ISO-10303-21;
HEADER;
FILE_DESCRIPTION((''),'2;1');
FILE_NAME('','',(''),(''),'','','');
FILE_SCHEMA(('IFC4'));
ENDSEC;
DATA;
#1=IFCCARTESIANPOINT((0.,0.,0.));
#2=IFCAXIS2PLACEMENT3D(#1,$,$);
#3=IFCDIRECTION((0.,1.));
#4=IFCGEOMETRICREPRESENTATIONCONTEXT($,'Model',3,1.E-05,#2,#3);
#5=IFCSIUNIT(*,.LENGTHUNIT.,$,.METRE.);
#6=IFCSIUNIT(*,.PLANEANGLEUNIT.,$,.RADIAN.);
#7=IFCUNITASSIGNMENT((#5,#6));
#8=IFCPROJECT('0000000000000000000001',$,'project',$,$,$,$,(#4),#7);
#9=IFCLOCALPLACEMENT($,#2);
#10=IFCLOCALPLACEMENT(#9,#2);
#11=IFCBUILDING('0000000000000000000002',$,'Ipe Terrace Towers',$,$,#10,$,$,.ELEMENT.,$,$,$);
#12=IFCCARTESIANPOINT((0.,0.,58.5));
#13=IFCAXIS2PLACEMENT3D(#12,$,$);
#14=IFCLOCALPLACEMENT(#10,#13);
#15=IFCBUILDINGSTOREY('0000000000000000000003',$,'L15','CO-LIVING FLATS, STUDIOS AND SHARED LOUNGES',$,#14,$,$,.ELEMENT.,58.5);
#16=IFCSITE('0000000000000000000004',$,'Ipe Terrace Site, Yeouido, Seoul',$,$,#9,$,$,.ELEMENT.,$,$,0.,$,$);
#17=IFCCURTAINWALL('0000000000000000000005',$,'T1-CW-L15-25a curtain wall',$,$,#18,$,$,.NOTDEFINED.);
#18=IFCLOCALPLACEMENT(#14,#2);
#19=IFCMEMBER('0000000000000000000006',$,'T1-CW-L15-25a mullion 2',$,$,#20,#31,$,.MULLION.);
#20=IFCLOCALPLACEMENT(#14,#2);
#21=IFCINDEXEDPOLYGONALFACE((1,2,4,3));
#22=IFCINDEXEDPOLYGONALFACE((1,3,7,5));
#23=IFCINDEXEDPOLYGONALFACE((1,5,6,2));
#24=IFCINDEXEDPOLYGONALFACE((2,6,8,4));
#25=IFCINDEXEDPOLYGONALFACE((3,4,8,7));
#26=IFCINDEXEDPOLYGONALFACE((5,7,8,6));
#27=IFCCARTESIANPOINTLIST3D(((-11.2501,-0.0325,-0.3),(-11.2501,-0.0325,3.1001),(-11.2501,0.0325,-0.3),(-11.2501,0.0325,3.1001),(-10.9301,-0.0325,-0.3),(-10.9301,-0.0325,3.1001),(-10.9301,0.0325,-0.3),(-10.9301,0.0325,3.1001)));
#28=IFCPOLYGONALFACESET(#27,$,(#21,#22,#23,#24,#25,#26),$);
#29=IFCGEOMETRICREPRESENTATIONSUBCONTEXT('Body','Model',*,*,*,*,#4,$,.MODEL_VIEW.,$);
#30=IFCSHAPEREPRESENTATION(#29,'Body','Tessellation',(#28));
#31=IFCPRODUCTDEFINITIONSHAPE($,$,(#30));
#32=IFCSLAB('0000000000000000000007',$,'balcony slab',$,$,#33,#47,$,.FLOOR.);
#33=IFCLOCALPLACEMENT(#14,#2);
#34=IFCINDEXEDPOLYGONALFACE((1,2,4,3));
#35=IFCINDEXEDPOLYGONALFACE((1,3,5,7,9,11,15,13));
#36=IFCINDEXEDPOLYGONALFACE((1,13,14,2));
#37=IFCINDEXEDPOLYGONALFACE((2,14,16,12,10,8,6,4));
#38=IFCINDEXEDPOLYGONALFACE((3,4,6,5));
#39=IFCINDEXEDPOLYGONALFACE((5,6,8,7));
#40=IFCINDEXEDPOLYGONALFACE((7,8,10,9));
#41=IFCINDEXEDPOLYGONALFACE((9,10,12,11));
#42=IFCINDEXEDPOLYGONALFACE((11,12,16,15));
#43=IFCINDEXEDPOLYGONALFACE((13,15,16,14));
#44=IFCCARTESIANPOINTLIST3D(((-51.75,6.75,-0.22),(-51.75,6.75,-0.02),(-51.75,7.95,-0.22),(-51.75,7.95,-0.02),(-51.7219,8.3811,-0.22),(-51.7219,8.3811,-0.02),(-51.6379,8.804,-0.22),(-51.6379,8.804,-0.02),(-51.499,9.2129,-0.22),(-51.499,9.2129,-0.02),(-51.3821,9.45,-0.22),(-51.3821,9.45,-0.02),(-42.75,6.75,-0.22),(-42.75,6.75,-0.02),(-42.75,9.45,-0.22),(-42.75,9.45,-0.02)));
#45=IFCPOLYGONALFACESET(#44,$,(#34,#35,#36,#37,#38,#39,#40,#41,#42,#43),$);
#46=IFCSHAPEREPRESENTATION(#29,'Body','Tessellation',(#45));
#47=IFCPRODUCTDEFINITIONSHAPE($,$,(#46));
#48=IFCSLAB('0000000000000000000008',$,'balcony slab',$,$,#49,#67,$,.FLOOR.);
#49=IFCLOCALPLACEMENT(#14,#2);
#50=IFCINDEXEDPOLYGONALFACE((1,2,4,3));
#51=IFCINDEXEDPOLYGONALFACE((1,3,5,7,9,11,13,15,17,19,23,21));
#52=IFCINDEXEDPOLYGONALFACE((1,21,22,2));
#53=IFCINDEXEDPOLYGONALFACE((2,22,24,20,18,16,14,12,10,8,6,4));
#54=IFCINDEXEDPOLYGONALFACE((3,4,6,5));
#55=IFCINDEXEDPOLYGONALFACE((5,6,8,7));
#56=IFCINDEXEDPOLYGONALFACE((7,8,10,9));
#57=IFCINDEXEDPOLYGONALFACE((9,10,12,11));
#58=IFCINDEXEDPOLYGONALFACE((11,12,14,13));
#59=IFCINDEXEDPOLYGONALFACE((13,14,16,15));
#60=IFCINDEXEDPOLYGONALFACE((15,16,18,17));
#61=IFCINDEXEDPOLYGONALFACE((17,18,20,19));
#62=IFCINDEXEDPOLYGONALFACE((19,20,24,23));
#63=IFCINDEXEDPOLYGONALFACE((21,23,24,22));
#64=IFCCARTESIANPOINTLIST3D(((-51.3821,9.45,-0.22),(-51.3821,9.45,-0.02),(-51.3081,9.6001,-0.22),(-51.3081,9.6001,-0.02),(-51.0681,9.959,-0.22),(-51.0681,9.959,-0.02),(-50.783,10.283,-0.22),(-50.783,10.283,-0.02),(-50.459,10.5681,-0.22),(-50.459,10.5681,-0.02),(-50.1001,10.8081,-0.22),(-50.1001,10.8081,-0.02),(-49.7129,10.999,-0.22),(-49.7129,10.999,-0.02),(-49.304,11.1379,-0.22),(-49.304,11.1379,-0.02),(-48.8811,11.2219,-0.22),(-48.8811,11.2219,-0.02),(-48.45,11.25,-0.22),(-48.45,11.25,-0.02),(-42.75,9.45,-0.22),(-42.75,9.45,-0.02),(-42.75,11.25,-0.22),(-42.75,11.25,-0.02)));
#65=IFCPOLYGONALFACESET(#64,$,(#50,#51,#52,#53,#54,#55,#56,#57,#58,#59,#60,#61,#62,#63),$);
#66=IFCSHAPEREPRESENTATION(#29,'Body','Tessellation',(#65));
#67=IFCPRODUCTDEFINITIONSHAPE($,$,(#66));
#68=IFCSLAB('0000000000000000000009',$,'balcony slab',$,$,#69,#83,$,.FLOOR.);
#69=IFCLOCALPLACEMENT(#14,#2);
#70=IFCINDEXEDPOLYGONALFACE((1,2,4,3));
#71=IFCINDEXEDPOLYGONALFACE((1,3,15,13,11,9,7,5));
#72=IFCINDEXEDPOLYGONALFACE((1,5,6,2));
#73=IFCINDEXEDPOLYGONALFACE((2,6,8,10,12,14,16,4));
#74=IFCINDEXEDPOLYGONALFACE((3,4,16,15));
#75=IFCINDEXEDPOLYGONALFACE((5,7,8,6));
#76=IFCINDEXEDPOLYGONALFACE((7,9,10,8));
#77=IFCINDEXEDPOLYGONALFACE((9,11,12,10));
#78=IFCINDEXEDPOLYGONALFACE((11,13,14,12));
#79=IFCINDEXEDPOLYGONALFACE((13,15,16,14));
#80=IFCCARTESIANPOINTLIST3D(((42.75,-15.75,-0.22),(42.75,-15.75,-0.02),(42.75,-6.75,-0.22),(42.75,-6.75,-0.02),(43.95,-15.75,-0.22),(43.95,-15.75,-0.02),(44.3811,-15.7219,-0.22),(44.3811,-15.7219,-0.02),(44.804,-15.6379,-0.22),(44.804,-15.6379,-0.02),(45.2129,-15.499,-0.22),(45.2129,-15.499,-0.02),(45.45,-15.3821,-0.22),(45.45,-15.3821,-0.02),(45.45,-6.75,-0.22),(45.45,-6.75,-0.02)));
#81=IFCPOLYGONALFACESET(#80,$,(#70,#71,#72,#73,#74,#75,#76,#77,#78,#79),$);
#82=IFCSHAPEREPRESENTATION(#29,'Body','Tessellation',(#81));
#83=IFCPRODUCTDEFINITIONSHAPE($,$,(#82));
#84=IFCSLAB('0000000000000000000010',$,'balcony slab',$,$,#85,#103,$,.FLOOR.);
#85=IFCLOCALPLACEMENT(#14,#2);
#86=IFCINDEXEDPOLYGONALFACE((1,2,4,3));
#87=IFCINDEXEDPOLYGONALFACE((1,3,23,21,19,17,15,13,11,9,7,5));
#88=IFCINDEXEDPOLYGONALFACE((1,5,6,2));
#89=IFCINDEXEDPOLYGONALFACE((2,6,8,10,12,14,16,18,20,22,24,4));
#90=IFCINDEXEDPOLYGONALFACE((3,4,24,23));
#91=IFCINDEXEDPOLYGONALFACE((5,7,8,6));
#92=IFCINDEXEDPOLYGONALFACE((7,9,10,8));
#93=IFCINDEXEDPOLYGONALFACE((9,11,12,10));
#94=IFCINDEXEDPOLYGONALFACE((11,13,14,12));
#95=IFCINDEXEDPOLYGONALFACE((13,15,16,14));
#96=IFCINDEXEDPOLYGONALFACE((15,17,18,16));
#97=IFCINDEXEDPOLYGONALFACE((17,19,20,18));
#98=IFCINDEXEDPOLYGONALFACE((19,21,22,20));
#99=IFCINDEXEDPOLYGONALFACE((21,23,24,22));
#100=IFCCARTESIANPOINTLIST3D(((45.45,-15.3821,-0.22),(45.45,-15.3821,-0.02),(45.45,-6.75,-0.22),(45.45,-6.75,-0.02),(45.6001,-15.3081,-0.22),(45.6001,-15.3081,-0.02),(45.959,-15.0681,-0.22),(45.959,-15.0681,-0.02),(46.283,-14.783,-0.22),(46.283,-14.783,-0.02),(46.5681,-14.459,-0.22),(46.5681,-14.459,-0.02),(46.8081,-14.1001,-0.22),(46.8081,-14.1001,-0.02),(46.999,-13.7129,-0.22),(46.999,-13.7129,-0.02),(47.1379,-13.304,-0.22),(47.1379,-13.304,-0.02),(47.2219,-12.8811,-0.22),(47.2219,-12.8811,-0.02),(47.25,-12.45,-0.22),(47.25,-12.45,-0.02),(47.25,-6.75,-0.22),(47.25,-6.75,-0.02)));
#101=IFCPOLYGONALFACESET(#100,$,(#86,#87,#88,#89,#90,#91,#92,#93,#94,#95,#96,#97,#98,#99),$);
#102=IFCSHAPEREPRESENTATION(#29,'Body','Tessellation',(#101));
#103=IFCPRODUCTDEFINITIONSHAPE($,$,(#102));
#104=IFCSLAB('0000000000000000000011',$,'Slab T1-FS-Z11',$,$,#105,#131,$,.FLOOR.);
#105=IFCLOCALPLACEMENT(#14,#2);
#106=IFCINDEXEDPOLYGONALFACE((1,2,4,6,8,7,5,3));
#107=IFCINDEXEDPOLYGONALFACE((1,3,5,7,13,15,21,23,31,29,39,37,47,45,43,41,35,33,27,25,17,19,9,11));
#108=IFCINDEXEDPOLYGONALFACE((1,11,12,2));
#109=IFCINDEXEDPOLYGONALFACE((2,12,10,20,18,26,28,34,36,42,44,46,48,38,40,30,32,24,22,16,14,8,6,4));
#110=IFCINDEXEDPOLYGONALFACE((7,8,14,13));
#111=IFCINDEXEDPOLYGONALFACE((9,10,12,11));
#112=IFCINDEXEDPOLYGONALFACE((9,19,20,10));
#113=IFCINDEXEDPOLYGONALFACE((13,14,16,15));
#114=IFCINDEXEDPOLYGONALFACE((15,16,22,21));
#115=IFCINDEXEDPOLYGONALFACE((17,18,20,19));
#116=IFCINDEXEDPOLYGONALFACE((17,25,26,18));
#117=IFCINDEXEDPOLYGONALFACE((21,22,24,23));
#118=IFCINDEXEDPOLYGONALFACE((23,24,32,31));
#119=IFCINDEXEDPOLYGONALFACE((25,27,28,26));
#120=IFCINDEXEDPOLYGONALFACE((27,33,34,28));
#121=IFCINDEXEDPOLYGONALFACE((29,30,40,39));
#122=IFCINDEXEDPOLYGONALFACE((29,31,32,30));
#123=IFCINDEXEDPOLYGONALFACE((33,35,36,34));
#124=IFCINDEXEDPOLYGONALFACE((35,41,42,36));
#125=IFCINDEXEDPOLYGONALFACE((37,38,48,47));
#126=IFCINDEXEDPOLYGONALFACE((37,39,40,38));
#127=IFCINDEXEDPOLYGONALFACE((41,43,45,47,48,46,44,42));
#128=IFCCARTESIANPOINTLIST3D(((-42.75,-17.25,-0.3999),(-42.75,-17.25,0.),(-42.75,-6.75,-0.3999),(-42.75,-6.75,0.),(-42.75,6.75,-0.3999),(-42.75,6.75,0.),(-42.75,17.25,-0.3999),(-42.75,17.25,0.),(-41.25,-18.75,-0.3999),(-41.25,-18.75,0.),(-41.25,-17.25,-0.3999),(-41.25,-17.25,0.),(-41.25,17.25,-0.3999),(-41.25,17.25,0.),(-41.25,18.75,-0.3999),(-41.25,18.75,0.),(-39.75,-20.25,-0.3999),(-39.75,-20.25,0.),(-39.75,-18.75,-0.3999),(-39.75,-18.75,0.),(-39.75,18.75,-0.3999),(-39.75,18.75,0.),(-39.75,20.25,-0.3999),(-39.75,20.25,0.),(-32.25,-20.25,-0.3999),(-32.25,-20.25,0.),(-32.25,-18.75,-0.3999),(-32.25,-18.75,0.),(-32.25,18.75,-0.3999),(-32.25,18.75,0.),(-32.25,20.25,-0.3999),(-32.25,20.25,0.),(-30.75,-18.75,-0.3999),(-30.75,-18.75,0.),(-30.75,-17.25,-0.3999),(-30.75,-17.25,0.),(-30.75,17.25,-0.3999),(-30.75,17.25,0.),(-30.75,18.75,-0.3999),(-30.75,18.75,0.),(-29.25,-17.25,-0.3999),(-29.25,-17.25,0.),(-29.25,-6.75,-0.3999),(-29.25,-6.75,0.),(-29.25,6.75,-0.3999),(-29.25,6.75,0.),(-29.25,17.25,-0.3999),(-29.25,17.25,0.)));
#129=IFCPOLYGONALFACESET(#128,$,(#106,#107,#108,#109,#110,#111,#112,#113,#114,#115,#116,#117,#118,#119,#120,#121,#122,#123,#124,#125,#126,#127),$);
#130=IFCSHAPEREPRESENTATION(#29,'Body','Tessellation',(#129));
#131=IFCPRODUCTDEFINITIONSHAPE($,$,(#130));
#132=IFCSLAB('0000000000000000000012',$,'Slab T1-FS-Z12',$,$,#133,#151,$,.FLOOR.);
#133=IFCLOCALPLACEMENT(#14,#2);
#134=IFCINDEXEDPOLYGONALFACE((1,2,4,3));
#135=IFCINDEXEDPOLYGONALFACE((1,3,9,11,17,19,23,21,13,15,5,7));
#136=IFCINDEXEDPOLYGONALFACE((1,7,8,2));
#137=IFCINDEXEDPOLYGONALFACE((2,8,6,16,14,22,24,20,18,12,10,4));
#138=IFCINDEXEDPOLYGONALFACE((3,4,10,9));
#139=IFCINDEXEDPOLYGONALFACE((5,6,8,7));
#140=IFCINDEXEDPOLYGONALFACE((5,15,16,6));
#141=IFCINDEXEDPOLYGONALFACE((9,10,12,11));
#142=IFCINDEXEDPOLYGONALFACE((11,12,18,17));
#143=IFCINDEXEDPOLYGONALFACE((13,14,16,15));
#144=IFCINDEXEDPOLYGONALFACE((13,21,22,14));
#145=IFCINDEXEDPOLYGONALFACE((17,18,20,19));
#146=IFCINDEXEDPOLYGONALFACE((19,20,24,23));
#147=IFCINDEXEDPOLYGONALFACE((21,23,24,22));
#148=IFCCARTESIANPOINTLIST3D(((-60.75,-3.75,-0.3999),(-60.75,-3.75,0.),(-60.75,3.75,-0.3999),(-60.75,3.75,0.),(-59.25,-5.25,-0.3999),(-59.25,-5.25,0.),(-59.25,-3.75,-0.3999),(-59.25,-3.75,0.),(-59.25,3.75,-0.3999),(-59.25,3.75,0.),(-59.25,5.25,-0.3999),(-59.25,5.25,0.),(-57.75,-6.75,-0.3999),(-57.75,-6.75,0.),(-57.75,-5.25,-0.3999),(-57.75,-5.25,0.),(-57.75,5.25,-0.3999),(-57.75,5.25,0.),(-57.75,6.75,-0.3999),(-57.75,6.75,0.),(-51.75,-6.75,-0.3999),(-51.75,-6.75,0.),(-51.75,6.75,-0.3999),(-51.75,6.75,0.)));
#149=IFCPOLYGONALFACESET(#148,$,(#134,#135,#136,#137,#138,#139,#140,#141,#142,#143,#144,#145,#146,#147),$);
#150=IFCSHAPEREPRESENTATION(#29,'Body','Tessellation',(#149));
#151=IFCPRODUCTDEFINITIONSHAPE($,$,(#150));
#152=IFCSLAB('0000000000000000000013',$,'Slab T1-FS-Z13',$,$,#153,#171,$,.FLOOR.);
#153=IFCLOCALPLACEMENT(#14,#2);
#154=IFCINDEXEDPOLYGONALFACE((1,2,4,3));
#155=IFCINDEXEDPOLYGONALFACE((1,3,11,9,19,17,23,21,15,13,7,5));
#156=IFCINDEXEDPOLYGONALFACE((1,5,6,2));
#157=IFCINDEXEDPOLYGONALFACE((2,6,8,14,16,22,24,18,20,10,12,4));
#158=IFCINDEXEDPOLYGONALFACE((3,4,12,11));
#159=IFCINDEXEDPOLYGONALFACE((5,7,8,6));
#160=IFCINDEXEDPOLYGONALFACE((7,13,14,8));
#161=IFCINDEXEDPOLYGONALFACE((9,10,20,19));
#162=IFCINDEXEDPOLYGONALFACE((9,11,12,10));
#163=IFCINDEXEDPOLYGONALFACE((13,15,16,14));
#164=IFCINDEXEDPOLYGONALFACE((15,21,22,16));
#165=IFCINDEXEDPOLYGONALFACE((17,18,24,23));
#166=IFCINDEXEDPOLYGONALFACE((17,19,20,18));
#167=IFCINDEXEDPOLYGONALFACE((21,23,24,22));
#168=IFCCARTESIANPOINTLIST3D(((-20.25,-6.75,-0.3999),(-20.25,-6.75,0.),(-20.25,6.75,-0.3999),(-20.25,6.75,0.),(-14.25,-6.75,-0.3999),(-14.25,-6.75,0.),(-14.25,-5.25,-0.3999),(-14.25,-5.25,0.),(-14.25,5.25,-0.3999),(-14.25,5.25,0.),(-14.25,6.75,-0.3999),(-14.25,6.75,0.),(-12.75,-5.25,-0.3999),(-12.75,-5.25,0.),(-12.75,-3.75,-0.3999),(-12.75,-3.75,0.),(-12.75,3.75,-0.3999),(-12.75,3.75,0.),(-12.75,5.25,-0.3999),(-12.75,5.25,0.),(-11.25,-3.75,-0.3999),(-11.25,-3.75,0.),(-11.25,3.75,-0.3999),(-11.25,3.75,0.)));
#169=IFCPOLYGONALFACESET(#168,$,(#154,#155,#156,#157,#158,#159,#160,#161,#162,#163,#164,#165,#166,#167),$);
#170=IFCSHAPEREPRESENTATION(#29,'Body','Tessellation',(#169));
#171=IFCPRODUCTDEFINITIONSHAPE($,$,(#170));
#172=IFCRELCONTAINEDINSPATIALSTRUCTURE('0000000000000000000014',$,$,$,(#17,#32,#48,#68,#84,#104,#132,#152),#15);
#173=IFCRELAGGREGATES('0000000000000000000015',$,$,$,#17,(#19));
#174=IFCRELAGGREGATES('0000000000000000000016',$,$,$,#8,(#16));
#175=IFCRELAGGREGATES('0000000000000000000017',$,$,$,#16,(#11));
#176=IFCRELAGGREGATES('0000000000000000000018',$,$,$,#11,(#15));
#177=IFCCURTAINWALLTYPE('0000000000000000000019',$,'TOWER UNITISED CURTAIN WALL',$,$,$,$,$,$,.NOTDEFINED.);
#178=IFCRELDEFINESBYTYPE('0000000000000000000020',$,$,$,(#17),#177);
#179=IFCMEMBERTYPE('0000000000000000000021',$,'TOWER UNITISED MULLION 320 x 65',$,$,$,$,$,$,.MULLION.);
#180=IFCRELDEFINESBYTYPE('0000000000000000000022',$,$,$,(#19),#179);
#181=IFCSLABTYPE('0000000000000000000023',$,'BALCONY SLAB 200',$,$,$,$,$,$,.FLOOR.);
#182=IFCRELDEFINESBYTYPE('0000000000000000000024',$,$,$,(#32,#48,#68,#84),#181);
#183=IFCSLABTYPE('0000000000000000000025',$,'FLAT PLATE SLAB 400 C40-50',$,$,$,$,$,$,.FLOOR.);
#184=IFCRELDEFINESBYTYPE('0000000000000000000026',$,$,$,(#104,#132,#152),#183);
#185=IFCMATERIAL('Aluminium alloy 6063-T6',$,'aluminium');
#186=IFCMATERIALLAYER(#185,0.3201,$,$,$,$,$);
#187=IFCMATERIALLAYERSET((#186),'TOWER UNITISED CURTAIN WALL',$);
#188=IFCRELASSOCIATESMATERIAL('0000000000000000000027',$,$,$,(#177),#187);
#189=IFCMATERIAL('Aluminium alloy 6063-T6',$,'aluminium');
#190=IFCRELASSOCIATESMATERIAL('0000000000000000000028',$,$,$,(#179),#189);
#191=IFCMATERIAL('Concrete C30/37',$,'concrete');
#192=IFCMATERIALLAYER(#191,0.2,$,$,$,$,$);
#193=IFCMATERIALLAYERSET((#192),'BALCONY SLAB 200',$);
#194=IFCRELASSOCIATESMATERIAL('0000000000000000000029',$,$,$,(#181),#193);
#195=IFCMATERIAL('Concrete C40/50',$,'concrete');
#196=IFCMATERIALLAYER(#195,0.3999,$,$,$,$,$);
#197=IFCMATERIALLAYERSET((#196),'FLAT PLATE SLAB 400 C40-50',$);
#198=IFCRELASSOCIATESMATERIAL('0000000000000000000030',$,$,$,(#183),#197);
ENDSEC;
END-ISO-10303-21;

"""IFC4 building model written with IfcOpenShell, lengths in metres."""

from ifc_helpers import new_model, si_unit, direction, frame, origin, origin_2d, place, context, subcontext, project, spatial, polyline, rectangle, outline, extrude, material, layer, layer_set, material_profile, profile_set, type_object, element, aggregate, save


model = new_model("IFC4")

# Units and contexts
model_context = context("Model", 3, precision=1e-05, world=origin(), true_north=direction((0.0, 1.0)))
body_context = subcontext(model_context, "Body", "Model", "MODEL_VIEW")
ifc_project = project(units=[si_unit("LENGTHUNIT", "METRE"), si_unit("PLANEANGLEUNIT", "RADIAN")], contexts=[model_context])

# Site, building, storey
site_placement = place(None, origin())
site = spatial("IfcSite", under=ifc_project, at=site_placement, Name="Ipe Terrace Site, Yeouido, Seoul", CompositionType="ELEMENT", RefElevation=0.0)
building_placement = place(site_placement, origin())
building = spatial("IfcBuilding", under=site, at=building_placement, Name="Ipe Terrace Towers", CompositionType="ELEMENT")
storey_placement = place(building_placement, frame((0.0, 0.0, 58.5)))
storey = spatial("IfcBuildingStorey", under=building, at=storey_placement, Name="L15", Description="CO-LIVING FLATS, STUDIOS AND SHARED LOUNGES", CompositionType="ELEMENT", Elevation=58.5)

# Curtain wall, member
ifc_material_1 = material(Name="Aluminium alloy 6063-T6", Category="aluminium")
ifc_layer_1 = layer(ifc_material_1, 0.3201)
ifc_layer_set_1 = layer_set([ifc_layer_1], Name="TOWER UNITISED CURTAIN WALL")
curtain_wall_type = type_object("IfcCurtainWallType", Name="TOWER UNITISED CURTAIN WALL", PredefinedType="NOTDEFINED", material=ifc_layer_set_1)
curtain_wall_placement = place(storey_placement, origin())
curtain_wall = element("IfcCurtainWall", 1, at=curtain_wall_placement, inside=storey, type_object=curtain_wall_type, Name="T1-CW-L15-25a curtain wall", PredefinedType="NOTDEFINED")
ifc_material_2 = material(Name="Aluminium alloy 6063-T6", Category="aluminium")
ifc_material_profile_1 = material_profile(ifc_material_2, rectangle(XDim=0.3201, YDim=0.0649, at=origin_2d()), Name="TOWER UNITISED MULLION 320 x 65")
ifc_profile_set_1 = profile_set([ifc_material_profile_1], Name="Aluminium alloy 6063-T6")
member_type = type_object("IfcMemberType", Name="TOWER UNITISED MULLION 320 x 65", PredefinedType="MULLION", material=ifc_profile_set_1)
member_placement = place(storey_placement, frame((-11.0901, 0.0, -0.3), z_axis=(0.0, 0.0, 1.0), x_axis=(1.0, 0.0, 0.0)))
member = element("IfcMember", 2, at=member_placement, type_object=member_type, Name="T1-CW-L15-25a mullion 2", PredefinedType="MULLION", context=body_context, shape_type="SweptSolid", body=[
    extrude(rectangle(XDim=0.3201, YDim=0.0649, at=origin_2d()), origin(), (0.0, 0.0, 1.0), 3.4001),
])

# Slabs
ifc_material_3 = material(Name="Concrete C30/37", Category="concrete")
ifc_layer_2 = layer(ifc_material_3, 0.2)
ifc_layer_set_2 = layer_set([ifc_layer_2], Name="BALCONY SLAB 200")
slab_type_1 = type_object("IfcSlabType", Name="BALCONY SLAB 200", PredefinedType="FLOOR", material=ifc_layer_set_2)
slab_1_placement = place(storey_placement, frame((0.0, 0.0, -0.22)))
element("IfcSlab", 3, at=slab_1_placement, inside=storey, type_object=slab_type_1, Name="balcony slab", PredefinedType="FLOOR", context=body_context, shape_type="SweptSolid", body=[
    extrude(outline(polyline([(-51.499, 9.2129), (-51.6379, 8.804), (-51.7219, 8.3811), (-51.75, 7.95), (-51.75, 6.75), (-42.75, 6.75), (-42.75, 9.45), (-51.3821, 9.45), (-51.499, 9.2129)])), origin(), (0.0, 0.0, 1.0), 0.2),
])
slab_2_placement = place(storey_placement, frame((0.0, 0.0, -0.22)))
element("IfcSlab", 4, at=slab_2_placement, inside=storey, type_object=slab_type_1, Name="balcony slab", PredefinedType="FLOOR", context=body_context, shape_type="SweptSolid", body=[
    extrude(outline(polyline([(-42.75, 11.25), (-48.45, 11.25), (-48.8811, 11.2219), (-49.304, 11.1379), (-49.7129, 10.999), (-50.1001, 10.8081), (-50.459, 10.5681), (-50.783, 10.283), (-51.0681, 9.959), (-51.3081, 9.6001), (-51.3821, 9.45), (-42.75, 9.45), (-42.75, 11.25)])), origin(), (0.0, 0.0, 1.0), 0.2),
])
slab_3_placement = place(storey_placement, frame((0.0, 0.0, -0.22)))
element("IfcSlab", 5, at=slab_3_placement, inside=storey, type_object=slab_type_1, Name="balcony slab", PredefinedType="FLOOR", context=body_context, shape_type="SweptSolid", body=[
    extrude(outline(polyline([(45.2129, -15.499), (45.45, -15.3821), (45.45, -6.75), (42.75, -6.75), (42.75, -15.75), (43.95, -15.75), (44.3811, -15.7219), (44.804, -15.6379), (45.2129, -15.499)])), origin(), (0.0, 0.0, 1.0), 0.2),
])
slab_4_placement = place(storey_placement, frame((0.0, 0.0, -0.22)))
element("IfcSlab", 6, at=slab_4_placement, inside=storey, type_object=slab_type_1, Name="balcony slab", PredefinedType="FLOOR", context=body_context, shape_type="SweptSolid", body=[
    extrude(outline(polyline([(47.25, -6.75), (45.45, -6.75), (45.45, -15.3821), (45.6001, -15.3081), (45.959, -15.0681), (46.283, -14.783), (46.5681, -14.459), (46.8081, -14.1001), (46.999, -13.7129), (47.1379, -13.304), (47.2219, -12.8811), (47.25, -12.45), (47.25, -6.75)])), origin(), (0.0, 0.0, 1.0), 0.2),
])
ifc_material_4 = material(Name="Concrete C40/50", Category="concrete")
ifc_layer_3 = layer(ifc_material_4, 0.3999)
ifc_layer_set_3 = layer_set([ifc_layer_3], Name="FLAT PLATE SLAB 400 C40-50")
slab_type_2 = type_object("IfcSlabType", Name="FLAT PLATE SLAB 400 C40-50", PredefinedType="FLOOR", material=ifc_layer_set_3)
slab_5_placement = place(storey_placement, frame((0.0, 0.0, -0.3999)))
element("IfcSlab", 7, at=slab_5_placement, inside=storey, type_object=slab_type_2, Name="Slab T1-FS-Z11", PredefinedType="FLOOR", context=body_context, shape_type="SweptSolid", body=[
    extrude(outline(polyline([(-30.75, -17.25), (-30.75, -18.75), (-32.25, -18.75), (-32.25, -20.25), (-39.75, -20.25), (-39.75, -18.75), (-41.25, -18.75), (-41.25, -17.25), (-42.75, -17.25), (-42.75, -6.75), (-42.75, 6.75), (-42.75, 17.25), (-41.25, 17.25), (-41.25, 18.75), (-39.75, 18.75), (-39.75, 20.25), (-32.25, 20.25), (-32.25, 18.75), (-30.75, 18.75), (-30.75, 17.25), (-29.25, 17.25), (-29.25, 6.75), (-29.25, -6.75), (-29.25, -17.25), (-30.75, -17.25)])), origin(), (0.0, 0.0, 1.0), 0.3999),
])
slab_6_placement = place(storey_placement, frame((0.0, 0.0, -0.3999)))
element("IfcSlab", 8, at=slab_6_placement, inside=storey, type_object=slab_type_2, Name="Slab T1-FS-Z12", PredefinedType="FLOOR", context=body_context, shape_type="SweptSolid", body=[
    extrude(outline(polyline([(-57.75, -6.75), (-57.75, -5.25), (-59.25, -5.25), (-59.25, -3.75), (-60.75, -3.75), (-60.75, 3.75), (-59.25, 3.75), (-59.25, 5.25), (-57.75, 5.25), (-57.75, 6.75), (-51.75, 6.75), (-51.75, -6.75), (-57.75, -6.75)])), origin(), (0.0, 0.0, 1.0), 0.3999),
])
slab_7_placement = place(storey_placement, frame((0.0, 0.0, -0.3999)))
element("IfcSlab", 9, at=slab_7_placement, inside=storey, type_object=slab_type_2, Name="Slab T1-FS-Z13", PredefinedType="FLOOR", context=body_context, shape_type="SweptSolid", body=[
    extrude(outline(polyline([(-14.25, 5.25), (-12.75, 5.25), (-12.75, 3.75), (-11.25, 3.75), (-11.25, -3.75), (-12.75, -3.75), (-12.75, -5.25), (-14.25, -5.25), (-14.25, -6.75), (-20.25, -6.75), (-20.25, 6.75), (-14.25, 6.75), (-14.25, 5.25)])), origin(), (0.0, 0.0, 1.0), 0.3999),
])

aggregate(curtain_wall, [member])

save(model, "model.ifc")
